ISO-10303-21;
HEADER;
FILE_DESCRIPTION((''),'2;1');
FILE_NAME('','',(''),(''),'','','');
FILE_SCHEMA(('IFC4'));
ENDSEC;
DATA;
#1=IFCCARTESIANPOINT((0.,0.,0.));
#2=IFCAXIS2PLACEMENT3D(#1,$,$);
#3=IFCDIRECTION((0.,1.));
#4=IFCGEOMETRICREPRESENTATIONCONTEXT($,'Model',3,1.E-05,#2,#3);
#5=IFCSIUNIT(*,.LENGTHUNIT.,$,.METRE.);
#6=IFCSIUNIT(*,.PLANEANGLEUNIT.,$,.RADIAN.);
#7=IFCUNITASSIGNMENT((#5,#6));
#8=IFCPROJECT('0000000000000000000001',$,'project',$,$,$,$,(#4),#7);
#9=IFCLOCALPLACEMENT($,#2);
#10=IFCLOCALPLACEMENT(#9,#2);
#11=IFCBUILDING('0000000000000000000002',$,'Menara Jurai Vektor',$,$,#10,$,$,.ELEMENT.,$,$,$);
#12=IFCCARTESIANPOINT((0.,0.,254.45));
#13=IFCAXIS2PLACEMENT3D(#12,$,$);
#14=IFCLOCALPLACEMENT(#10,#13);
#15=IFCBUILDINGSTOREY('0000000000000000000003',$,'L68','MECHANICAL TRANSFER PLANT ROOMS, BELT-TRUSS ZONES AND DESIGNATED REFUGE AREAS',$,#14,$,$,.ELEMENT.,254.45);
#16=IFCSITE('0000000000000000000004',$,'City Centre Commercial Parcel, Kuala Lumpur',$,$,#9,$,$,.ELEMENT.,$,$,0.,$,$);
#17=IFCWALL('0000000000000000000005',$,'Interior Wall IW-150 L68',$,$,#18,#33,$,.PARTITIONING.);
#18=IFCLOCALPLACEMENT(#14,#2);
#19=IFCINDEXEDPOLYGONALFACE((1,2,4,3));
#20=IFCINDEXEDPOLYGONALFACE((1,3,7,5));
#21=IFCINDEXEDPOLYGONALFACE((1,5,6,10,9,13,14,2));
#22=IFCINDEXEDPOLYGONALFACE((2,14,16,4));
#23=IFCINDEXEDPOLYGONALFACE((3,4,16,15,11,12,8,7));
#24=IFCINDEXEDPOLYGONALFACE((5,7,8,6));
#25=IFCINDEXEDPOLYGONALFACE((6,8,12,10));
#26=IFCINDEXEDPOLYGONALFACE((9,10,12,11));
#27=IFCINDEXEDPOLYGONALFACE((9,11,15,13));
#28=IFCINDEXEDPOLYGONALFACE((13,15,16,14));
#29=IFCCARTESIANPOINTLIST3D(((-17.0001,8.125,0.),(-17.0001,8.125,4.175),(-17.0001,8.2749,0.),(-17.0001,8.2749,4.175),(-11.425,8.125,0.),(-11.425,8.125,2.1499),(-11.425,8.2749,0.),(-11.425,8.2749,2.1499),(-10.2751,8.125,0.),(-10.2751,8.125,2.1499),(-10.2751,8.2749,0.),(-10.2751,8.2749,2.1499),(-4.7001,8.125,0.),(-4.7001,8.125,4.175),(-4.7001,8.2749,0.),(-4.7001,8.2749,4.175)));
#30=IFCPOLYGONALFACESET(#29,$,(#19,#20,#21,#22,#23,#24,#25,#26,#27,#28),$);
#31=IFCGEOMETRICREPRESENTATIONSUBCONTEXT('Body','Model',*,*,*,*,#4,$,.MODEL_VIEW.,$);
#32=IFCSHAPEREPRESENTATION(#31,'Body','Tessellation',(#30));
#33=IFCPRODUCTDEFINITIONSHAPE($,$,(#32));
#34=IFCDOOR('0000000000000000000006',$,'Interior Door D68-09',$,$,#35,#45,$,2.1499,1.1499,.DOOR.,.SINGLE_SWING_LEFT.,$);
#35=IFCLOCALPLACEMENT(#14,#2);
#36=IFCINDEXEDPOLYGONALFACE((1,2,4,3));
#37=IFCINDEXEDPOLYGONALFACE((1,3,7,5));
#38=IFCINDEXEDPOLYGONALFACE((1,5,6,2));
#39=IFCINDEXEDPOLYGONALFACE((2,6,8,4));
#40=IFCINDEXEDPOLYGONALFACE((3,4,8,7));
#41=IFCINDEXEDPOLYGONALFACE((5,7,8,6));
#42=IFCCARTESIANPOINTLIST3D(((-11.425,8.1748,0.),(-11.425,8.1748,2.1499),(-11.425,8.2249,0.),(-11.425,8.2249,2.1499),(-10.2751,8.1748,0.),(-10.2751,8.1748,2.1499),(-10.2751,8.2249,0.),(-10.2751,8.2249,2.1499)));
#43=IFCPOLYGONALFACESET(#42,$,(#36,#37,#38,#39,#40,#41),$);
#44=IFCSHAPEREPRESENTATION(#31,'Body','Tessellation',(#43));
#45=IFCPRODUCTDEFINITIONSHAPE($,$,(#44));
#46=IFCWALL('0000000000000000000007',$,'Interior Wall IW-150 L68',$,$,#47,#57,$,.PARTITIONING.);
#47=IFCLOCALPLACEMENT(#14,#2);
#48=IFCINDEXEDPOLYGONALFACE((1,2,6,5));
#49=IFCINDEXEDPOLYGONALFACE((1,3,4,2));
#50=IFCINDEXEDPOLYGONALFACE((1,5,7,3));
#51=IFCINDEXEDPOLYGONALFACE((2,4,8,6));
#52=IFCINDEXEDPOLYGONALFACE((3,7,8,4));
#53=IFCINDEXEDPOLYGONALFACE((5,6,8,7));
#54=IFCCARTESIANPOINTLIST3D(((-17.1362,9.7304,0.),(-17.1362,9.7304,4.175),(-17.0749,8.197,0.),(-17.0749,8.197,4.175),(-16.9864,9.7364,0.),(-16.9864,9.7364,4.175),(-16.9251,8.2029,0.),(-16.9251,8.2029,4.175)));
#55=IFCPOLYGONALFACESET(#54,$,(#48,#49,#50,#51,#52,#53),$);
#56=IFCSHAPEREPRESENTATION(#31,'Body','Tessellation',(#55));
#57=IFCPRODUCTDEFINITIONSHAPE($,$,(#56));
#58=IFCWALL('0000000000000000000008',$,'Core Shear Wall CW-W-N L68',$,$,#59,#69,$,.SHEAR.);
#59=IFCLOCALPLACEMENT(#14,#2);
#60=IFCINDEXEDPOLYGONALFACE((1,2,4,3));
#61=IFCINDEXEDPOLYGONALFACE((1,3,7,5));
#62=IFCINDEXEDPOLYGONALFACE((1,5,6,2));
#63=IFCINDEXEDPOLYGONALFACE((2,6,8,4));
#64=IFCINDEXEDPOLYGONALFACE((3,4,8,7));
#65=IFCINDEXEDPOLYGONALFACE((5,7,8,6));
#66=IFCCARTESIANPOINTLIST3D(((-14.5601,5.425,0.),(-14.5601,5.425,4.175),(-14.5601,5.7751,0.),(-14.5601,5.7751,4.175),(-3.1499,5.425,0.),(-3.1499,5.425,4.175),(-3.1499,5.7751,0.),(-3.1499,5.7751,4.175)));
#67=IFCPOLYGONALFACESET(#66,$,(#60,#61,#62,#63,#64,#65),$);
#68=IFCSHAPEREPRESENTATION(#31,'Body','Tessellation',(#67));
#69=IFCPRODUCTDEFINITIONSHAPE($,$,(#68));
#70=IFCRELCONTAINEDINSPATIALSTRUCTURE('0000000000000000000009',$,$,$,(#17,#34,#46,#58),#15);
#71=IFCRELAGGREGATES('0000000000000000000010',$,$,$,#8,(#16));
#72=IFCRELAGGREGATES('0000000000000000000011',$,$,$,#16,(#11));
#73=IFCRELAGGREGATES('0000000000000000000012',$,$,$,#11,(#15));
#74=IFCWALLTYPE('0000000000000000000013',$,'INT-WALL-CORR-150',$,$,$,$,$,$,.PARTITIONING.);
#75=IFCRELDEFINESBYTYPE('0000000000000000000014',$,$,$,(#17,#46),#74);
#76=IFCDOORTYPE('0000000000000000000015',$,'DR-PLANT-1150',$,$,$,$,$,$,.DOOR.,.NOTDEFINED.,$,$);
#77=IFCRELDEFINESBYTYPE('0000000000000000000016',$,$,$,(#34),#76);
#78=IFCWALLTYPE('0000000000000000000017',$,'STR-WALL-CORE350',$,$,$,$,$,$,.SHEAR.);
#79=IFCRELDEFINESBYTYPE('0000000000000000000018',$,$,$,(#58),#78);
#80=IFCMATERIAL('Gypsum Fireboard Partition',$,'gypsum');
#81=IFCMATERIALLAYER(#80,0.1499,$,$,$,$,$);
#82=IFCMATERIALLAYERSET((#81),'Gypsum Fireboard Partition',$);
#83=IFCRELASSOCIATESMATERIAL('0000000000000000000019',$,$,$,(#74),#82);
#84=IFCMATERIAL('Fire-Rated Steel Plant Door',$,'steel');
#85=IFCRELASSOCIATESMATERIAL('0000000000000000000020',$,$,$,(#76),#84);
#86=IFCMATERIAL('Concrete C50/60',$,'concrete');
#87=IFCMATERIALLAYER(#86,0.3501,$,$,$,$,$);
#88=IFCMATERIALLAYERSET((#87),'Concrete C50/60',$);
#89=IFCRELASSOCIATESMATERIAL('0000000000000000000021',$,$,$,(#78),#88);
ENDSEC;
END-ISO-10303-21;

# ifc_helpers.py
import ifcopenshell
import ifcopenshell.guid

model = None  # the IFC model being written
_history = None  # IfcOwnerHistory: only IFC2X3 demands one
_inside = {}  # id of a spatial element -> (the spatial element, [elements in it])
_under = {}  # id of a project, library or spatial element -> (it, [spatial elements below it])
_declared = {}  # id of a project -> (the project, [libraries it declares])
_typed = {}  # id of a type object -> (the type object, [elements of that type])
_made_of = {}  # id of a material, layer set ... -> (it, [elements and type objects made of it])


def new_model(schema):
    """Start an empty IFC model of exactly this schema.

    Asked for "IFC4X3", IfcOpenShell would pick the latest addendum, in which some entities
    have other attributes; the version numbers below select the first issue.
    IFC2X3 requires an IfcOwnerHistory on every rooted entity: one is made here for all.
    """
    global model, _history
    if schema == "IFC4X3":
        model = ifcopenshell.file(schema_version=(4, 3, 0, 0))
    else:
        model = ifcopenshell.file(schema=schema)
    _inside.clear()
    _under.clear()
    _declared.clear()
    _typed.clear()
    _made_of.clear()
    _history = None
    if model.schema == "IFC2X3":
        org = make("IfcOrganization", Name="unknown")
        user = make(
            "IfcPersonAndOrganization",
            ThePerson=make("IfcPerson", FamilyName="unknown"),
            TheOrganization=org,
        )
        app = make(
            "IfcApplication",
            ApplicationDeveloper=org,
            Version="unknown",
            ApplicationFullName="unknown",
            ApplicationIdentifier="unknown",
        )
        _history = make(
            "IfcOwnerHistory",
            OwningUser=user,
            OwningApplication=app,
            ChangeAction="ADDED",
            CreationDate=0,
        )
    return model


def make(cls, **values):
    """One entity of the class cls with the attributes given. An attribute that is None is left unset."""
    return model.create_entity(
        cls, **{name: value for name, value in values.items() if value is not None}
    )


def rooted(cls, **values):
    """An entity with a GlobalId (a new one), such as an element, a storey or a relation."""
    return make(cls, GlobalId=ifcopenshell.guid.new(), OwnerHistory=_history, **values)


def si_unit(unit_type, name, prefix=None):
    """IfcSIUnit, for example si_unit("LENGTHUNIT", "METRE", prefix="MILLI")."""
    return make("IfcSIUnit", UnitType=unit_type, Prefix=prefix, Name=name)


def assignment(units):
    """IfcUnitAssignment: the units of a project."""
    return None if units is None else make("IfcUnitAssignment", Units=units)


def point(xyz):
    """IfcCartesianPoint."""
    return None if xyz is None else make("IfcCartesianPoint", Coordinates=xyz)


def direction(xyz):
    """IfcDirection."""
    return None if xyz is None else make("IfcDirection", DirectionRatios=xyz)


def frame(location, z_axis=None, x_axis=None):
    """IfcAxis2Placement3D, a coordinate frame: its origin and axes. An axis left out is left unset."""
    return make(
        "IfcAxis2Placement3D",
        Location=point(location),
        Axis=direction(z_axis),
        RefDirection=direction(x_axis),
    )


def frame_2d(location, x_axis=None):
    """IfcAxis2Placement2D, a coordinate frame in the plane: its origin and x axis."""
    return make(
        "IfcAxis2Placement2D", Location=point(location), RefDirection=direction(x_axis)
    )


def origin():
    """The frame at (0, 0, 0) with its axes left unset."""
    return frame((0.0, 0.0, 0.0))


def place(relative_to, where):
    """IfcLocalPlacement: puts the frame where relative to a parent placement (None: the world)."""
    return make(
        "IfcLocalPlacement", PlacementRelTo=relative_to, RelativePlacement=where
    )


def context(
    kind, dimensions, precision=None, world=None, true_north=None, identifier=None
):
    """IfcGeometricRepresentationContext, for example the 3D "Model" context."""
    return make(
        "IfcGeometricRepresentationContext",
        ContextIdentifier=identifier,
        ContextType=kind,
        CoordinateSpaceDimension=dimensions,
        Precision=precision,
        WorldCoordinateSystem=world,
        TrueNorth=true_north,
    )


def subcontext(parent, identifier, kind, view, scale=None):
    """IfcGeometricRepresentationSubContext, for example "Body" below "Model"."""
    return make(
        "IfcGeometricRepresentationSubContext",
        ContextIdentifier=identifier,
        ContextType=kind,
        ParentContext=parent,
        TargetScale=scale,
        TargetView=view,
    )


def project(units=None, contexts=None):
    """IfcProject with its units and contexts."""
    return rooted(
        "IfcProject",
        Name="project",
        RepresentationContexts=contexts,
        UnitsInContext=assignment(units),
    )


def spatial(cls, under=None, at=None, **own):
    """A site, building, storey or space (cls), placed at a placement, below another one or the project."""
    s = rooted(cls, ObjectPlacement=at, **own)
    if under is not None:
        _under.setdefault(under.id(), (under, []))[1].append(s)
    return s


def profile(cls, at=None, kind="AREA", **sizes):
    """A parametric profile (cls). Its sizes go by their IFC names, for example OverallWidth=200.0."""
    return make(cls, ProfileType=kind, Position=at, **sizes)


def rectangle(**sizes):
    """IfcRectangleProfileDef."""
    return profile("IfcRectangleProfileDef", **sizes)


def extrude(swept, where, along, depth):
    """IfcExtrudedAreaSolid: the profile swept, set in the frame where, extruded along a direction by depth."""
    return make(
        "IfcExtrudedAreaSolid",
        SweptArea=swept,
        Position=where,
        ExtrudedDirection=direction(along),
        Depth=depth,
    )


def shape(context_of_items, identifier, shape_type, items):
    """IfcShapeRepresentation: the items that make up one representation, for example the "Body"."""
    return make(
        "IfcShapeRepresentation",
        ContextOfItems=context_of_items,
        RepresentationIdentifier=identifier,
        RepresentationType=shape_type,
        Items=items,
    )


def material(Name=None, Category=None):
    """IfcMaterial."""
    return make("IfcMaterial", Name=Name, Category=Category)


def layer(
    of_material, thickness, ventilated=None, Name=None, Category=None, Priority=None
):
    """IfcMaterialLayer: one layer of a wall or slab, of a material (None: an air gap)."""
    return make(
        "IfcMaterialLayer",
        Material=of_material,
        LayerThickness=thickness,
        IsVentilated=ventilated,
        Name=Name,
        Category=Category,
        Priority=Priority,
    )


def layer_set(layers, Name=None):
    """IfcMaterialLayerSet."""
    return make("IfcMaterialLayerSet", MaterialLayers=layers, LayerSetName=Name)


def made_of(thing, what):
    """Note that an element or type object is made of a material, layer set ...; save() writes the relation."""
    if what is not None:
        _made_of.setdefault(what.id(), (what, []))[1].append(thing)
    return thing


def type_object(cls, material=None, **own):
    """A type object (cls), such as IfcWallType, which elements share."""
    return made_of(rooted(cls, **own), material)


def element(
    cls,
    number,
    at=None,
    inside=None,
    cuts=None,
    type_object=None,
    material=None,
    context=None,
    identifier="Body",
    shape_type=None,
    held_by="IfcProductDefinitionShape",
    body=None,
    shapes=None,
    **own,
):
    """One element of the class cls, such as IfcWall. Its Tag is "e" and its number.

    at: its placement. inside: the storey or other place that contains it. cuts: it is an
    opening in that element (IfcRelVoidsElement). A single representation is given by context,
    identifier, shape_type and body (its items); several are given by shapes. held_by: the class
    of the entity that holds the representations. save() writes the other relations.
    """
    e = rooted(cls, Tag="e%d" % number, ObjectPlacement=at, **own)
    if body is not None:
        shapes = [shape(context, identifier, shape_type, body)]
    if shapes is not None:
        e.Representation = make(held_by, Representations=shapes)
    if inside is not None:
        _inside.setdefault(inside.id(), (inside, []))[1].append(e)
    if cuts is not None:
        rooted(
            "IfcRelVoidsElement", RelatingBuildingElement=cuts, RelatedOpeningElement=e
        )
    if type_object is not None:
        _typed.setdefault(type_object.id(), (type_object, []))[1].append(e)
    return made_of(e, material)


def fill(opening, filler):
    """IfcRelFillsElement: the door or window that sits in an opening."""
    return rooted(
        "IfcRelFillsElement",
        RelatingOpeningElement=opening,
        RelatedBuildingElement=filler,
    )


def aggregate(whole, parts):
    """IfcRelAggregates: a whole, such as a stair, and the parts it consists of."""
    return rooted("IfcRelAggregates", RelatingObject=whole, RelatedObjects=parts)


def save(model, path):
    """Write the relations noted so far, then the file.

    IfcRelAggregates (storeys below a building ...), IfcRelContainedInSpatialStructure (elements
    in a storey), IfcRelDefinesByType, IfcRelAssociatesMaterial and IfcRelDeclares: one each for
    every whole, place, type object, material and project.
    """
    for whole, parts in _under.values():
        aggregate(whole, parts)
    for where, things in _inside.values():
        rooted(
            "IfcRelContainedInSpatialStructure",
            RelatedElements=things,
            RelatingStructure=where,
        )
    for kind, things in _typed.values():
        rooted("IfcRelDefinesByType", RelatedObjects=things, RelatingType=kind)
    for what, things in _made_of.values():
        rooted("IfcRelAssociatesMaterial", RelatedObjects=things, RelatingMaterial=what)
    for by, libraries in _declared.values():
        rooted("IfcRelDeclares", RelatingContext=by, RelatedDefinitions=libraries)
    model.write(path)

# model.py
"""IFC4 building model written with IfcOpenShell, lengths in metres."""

from ifc_helpers import new_model, si_unit, direction, frame, frame_2d, origin, place, context, subcontext, project, spatial, rectangle, extrude, material, layer, layer_set, type_object, element, fill, save


model = new_model("IFC4")

# Units and contexts
model_context = context("Model", 3, precision=1e-05, world=origin(), true_north=direction((0.0, 1.0)))
body_context = subcontext(model_context, "Body", "Model", "MODEL_VIEW")
ifc_project = project(units=[si_unit("LENGTHUNIT", "METRE"), si_unit("PLANEANGLEUNIT", "RADIAN")], contexts=[model_context])

# Site, building, storey
site_placement = place(None, origin())
site = spatial("IfcSite", under=ifc_project, at=site_placement, Name="City Centre Commercial Parcel, Kuala Lumpur", CompositionType="ELEMENT", RefElevation=0.0)
building_placement = place(site_placement, origin())
building = spatial("IfcBuilding", under=site, at=building_placement, Name="Menara Jurai Vektor", CompositionType="ELEMENT")
storey_placement = place(building_placement, frame((0.0, 0.0, 254.45)))
storey = spatial("IfcBuildingStorey", under=building, at=storey_placement, Name="L68", Description="MECHANICAL TRANSFER PLANT ROOMS, BELT-TRUSS ZONES AND DESIGNATED REFUGE AREAS", CompositionType="ELEMENT", Elevation=254.45)

# Shared definitions
ifc_material_1 = material(Name="Concrete C50/60", Category="concrete")

# Wall, opening, door
ifc_material_2 = material(Name="Gypsum Fireboard Partition", Category="gypsum")
ifc_layer_1 = layer(ifc_material_2, 0.1499)
ifc_layer_set_1 = layer_set([ifc_layer_1], Name="Gypsum Fireboard Partition")
wall_type_1 = type_object("IfcWallType", Name="INT-WALL-CORR-150", PredefinedType="PARTITIONING", material=ifc_layer_set_1)
wall_1_placement = place(storey_placement, frame((-17.0, 8.2, 0.0), z_axis=(0.0, 0.0, 1.0), x_axis=(1.0, 0.0, 0.0)))
wall_1 = element("IfcWall", 1, at=wall_1_placement, inside=storey, type_object=wall_type_1, Name="Interior Wall IW-150 L68", PredefinedType="PARTITIONING", context=body_context, shape_type="SweptSolid", body=[
    extrude(rectangle(XDim=12.3, YDim=0.1499, at=frame_2d((6.1499, 0.0))), origin(), (0.0, 0.0, 1.0), 4.175),
])
opening_placement = place(wall_1_placement, frame((5.575, 0.0, 0.0)))
opening = element("IfcOpeningElement", 2, at=opening_placement, cuts=wall_1, PredefinedType="OPENING", context=body_context, shape_type="SweptSolid", body=[
    extrude(rectangle(XDim=1.1499, YDim=2.1499, at=frame_2d((0.575, 1.075))), frame((0.0, 0.085, 0.0), z_axis=(0.0, -1.0, 0.0), x_axis=(1.0, 0.0, 0.0)), (0.0, 0.0, 1.0), 0.1699),
])
ifc_material_3 = material(Name="Fire-Rated Steel Plant Door", Category="steel")
door_type = type_object("IfcDoorType", Name="DR-PLANT-1150", OperationType="NOTDEFINED", PredefinedType="DOOR", material=ifc_material_3)
door_placement = place(opening_placement, origin())
door = element("IfcDoor", 3, at=door_placement, inside=storey, type_object=door_type, Name="Interior Door D68-09", OperationType="SINGLE_SWING_LEFT", OverallHeight=2.1499, OverallWidth=1.1499, PredefinedType="DOOR", context=body_context, shape_type="SweptSolid", body=[
    extrude(rectangle(XDim=1.1499, YDim=2.1499, at=frame_2d((0.575, 1.075))), frame((0.0, 0.0249, 0.0), z_axis=(0.0, -1.0, 0.0), x_axis=(1.0, 0.0, 0.0)), (0.0, 0.0, 1.0), 0.05),
])
fill(opening, door)

# Walls
wall_2_placement = place(storey_placement, frame((-17.0, 8.2, 0.0), z_axis=(0.0, 0.0, 1.0), x_axis=(-0.03993, 0.999202, 0.0)))
element("IfcWall", 4, at=wall_2_placement, inside=storey, type_object=wall_type_1, Name="Interior Wall IW-150 L68", PredefinedType="PARTITIONING", context=body_context, shape_type="SweptSolid", body=[
    extrude(rectangle(XDim=1.5347, YDim=0.1499, at=frame_2d((0.7673, 0.0))), origin(), (0.0, 0.0, 1.0), 4.175),
])
ifc_layer_2 = layer(ifc_material_1, 0.3501)
ifc_layer_set_2 = layer_set([ifc_layer_2], Name="Concrete C50/60")
wall_type_2 = type_object("IfcWallType", Name="STR-WALL-CORE350", PredefinedType="SHEAR", material=ifc_layer_set_2)
wall_3_placement = place(storey_placement, frame((-14.5601, 5.6001, 0.0), z_axis=(0.0, 0.0, 1.0), x_axis=(1.0, 0.0, 0.0)))
element("IfcWall", 5, at=wall_3_placement, inside=storey, type_object=wall_type_2, Name="Core Shear Wall CW-W-N L68", PredefinedType="SHEAR", context=body_context, shape_type="SweptSolid", body=[
    extrude(rectangle(XDim=11.4102, YDim=0.3501, at=frame_2d((5.7051, 0.0))), origin(), (0.0, 0.0, 1.0), 4.175),
])

save(model, "model.ifc")
